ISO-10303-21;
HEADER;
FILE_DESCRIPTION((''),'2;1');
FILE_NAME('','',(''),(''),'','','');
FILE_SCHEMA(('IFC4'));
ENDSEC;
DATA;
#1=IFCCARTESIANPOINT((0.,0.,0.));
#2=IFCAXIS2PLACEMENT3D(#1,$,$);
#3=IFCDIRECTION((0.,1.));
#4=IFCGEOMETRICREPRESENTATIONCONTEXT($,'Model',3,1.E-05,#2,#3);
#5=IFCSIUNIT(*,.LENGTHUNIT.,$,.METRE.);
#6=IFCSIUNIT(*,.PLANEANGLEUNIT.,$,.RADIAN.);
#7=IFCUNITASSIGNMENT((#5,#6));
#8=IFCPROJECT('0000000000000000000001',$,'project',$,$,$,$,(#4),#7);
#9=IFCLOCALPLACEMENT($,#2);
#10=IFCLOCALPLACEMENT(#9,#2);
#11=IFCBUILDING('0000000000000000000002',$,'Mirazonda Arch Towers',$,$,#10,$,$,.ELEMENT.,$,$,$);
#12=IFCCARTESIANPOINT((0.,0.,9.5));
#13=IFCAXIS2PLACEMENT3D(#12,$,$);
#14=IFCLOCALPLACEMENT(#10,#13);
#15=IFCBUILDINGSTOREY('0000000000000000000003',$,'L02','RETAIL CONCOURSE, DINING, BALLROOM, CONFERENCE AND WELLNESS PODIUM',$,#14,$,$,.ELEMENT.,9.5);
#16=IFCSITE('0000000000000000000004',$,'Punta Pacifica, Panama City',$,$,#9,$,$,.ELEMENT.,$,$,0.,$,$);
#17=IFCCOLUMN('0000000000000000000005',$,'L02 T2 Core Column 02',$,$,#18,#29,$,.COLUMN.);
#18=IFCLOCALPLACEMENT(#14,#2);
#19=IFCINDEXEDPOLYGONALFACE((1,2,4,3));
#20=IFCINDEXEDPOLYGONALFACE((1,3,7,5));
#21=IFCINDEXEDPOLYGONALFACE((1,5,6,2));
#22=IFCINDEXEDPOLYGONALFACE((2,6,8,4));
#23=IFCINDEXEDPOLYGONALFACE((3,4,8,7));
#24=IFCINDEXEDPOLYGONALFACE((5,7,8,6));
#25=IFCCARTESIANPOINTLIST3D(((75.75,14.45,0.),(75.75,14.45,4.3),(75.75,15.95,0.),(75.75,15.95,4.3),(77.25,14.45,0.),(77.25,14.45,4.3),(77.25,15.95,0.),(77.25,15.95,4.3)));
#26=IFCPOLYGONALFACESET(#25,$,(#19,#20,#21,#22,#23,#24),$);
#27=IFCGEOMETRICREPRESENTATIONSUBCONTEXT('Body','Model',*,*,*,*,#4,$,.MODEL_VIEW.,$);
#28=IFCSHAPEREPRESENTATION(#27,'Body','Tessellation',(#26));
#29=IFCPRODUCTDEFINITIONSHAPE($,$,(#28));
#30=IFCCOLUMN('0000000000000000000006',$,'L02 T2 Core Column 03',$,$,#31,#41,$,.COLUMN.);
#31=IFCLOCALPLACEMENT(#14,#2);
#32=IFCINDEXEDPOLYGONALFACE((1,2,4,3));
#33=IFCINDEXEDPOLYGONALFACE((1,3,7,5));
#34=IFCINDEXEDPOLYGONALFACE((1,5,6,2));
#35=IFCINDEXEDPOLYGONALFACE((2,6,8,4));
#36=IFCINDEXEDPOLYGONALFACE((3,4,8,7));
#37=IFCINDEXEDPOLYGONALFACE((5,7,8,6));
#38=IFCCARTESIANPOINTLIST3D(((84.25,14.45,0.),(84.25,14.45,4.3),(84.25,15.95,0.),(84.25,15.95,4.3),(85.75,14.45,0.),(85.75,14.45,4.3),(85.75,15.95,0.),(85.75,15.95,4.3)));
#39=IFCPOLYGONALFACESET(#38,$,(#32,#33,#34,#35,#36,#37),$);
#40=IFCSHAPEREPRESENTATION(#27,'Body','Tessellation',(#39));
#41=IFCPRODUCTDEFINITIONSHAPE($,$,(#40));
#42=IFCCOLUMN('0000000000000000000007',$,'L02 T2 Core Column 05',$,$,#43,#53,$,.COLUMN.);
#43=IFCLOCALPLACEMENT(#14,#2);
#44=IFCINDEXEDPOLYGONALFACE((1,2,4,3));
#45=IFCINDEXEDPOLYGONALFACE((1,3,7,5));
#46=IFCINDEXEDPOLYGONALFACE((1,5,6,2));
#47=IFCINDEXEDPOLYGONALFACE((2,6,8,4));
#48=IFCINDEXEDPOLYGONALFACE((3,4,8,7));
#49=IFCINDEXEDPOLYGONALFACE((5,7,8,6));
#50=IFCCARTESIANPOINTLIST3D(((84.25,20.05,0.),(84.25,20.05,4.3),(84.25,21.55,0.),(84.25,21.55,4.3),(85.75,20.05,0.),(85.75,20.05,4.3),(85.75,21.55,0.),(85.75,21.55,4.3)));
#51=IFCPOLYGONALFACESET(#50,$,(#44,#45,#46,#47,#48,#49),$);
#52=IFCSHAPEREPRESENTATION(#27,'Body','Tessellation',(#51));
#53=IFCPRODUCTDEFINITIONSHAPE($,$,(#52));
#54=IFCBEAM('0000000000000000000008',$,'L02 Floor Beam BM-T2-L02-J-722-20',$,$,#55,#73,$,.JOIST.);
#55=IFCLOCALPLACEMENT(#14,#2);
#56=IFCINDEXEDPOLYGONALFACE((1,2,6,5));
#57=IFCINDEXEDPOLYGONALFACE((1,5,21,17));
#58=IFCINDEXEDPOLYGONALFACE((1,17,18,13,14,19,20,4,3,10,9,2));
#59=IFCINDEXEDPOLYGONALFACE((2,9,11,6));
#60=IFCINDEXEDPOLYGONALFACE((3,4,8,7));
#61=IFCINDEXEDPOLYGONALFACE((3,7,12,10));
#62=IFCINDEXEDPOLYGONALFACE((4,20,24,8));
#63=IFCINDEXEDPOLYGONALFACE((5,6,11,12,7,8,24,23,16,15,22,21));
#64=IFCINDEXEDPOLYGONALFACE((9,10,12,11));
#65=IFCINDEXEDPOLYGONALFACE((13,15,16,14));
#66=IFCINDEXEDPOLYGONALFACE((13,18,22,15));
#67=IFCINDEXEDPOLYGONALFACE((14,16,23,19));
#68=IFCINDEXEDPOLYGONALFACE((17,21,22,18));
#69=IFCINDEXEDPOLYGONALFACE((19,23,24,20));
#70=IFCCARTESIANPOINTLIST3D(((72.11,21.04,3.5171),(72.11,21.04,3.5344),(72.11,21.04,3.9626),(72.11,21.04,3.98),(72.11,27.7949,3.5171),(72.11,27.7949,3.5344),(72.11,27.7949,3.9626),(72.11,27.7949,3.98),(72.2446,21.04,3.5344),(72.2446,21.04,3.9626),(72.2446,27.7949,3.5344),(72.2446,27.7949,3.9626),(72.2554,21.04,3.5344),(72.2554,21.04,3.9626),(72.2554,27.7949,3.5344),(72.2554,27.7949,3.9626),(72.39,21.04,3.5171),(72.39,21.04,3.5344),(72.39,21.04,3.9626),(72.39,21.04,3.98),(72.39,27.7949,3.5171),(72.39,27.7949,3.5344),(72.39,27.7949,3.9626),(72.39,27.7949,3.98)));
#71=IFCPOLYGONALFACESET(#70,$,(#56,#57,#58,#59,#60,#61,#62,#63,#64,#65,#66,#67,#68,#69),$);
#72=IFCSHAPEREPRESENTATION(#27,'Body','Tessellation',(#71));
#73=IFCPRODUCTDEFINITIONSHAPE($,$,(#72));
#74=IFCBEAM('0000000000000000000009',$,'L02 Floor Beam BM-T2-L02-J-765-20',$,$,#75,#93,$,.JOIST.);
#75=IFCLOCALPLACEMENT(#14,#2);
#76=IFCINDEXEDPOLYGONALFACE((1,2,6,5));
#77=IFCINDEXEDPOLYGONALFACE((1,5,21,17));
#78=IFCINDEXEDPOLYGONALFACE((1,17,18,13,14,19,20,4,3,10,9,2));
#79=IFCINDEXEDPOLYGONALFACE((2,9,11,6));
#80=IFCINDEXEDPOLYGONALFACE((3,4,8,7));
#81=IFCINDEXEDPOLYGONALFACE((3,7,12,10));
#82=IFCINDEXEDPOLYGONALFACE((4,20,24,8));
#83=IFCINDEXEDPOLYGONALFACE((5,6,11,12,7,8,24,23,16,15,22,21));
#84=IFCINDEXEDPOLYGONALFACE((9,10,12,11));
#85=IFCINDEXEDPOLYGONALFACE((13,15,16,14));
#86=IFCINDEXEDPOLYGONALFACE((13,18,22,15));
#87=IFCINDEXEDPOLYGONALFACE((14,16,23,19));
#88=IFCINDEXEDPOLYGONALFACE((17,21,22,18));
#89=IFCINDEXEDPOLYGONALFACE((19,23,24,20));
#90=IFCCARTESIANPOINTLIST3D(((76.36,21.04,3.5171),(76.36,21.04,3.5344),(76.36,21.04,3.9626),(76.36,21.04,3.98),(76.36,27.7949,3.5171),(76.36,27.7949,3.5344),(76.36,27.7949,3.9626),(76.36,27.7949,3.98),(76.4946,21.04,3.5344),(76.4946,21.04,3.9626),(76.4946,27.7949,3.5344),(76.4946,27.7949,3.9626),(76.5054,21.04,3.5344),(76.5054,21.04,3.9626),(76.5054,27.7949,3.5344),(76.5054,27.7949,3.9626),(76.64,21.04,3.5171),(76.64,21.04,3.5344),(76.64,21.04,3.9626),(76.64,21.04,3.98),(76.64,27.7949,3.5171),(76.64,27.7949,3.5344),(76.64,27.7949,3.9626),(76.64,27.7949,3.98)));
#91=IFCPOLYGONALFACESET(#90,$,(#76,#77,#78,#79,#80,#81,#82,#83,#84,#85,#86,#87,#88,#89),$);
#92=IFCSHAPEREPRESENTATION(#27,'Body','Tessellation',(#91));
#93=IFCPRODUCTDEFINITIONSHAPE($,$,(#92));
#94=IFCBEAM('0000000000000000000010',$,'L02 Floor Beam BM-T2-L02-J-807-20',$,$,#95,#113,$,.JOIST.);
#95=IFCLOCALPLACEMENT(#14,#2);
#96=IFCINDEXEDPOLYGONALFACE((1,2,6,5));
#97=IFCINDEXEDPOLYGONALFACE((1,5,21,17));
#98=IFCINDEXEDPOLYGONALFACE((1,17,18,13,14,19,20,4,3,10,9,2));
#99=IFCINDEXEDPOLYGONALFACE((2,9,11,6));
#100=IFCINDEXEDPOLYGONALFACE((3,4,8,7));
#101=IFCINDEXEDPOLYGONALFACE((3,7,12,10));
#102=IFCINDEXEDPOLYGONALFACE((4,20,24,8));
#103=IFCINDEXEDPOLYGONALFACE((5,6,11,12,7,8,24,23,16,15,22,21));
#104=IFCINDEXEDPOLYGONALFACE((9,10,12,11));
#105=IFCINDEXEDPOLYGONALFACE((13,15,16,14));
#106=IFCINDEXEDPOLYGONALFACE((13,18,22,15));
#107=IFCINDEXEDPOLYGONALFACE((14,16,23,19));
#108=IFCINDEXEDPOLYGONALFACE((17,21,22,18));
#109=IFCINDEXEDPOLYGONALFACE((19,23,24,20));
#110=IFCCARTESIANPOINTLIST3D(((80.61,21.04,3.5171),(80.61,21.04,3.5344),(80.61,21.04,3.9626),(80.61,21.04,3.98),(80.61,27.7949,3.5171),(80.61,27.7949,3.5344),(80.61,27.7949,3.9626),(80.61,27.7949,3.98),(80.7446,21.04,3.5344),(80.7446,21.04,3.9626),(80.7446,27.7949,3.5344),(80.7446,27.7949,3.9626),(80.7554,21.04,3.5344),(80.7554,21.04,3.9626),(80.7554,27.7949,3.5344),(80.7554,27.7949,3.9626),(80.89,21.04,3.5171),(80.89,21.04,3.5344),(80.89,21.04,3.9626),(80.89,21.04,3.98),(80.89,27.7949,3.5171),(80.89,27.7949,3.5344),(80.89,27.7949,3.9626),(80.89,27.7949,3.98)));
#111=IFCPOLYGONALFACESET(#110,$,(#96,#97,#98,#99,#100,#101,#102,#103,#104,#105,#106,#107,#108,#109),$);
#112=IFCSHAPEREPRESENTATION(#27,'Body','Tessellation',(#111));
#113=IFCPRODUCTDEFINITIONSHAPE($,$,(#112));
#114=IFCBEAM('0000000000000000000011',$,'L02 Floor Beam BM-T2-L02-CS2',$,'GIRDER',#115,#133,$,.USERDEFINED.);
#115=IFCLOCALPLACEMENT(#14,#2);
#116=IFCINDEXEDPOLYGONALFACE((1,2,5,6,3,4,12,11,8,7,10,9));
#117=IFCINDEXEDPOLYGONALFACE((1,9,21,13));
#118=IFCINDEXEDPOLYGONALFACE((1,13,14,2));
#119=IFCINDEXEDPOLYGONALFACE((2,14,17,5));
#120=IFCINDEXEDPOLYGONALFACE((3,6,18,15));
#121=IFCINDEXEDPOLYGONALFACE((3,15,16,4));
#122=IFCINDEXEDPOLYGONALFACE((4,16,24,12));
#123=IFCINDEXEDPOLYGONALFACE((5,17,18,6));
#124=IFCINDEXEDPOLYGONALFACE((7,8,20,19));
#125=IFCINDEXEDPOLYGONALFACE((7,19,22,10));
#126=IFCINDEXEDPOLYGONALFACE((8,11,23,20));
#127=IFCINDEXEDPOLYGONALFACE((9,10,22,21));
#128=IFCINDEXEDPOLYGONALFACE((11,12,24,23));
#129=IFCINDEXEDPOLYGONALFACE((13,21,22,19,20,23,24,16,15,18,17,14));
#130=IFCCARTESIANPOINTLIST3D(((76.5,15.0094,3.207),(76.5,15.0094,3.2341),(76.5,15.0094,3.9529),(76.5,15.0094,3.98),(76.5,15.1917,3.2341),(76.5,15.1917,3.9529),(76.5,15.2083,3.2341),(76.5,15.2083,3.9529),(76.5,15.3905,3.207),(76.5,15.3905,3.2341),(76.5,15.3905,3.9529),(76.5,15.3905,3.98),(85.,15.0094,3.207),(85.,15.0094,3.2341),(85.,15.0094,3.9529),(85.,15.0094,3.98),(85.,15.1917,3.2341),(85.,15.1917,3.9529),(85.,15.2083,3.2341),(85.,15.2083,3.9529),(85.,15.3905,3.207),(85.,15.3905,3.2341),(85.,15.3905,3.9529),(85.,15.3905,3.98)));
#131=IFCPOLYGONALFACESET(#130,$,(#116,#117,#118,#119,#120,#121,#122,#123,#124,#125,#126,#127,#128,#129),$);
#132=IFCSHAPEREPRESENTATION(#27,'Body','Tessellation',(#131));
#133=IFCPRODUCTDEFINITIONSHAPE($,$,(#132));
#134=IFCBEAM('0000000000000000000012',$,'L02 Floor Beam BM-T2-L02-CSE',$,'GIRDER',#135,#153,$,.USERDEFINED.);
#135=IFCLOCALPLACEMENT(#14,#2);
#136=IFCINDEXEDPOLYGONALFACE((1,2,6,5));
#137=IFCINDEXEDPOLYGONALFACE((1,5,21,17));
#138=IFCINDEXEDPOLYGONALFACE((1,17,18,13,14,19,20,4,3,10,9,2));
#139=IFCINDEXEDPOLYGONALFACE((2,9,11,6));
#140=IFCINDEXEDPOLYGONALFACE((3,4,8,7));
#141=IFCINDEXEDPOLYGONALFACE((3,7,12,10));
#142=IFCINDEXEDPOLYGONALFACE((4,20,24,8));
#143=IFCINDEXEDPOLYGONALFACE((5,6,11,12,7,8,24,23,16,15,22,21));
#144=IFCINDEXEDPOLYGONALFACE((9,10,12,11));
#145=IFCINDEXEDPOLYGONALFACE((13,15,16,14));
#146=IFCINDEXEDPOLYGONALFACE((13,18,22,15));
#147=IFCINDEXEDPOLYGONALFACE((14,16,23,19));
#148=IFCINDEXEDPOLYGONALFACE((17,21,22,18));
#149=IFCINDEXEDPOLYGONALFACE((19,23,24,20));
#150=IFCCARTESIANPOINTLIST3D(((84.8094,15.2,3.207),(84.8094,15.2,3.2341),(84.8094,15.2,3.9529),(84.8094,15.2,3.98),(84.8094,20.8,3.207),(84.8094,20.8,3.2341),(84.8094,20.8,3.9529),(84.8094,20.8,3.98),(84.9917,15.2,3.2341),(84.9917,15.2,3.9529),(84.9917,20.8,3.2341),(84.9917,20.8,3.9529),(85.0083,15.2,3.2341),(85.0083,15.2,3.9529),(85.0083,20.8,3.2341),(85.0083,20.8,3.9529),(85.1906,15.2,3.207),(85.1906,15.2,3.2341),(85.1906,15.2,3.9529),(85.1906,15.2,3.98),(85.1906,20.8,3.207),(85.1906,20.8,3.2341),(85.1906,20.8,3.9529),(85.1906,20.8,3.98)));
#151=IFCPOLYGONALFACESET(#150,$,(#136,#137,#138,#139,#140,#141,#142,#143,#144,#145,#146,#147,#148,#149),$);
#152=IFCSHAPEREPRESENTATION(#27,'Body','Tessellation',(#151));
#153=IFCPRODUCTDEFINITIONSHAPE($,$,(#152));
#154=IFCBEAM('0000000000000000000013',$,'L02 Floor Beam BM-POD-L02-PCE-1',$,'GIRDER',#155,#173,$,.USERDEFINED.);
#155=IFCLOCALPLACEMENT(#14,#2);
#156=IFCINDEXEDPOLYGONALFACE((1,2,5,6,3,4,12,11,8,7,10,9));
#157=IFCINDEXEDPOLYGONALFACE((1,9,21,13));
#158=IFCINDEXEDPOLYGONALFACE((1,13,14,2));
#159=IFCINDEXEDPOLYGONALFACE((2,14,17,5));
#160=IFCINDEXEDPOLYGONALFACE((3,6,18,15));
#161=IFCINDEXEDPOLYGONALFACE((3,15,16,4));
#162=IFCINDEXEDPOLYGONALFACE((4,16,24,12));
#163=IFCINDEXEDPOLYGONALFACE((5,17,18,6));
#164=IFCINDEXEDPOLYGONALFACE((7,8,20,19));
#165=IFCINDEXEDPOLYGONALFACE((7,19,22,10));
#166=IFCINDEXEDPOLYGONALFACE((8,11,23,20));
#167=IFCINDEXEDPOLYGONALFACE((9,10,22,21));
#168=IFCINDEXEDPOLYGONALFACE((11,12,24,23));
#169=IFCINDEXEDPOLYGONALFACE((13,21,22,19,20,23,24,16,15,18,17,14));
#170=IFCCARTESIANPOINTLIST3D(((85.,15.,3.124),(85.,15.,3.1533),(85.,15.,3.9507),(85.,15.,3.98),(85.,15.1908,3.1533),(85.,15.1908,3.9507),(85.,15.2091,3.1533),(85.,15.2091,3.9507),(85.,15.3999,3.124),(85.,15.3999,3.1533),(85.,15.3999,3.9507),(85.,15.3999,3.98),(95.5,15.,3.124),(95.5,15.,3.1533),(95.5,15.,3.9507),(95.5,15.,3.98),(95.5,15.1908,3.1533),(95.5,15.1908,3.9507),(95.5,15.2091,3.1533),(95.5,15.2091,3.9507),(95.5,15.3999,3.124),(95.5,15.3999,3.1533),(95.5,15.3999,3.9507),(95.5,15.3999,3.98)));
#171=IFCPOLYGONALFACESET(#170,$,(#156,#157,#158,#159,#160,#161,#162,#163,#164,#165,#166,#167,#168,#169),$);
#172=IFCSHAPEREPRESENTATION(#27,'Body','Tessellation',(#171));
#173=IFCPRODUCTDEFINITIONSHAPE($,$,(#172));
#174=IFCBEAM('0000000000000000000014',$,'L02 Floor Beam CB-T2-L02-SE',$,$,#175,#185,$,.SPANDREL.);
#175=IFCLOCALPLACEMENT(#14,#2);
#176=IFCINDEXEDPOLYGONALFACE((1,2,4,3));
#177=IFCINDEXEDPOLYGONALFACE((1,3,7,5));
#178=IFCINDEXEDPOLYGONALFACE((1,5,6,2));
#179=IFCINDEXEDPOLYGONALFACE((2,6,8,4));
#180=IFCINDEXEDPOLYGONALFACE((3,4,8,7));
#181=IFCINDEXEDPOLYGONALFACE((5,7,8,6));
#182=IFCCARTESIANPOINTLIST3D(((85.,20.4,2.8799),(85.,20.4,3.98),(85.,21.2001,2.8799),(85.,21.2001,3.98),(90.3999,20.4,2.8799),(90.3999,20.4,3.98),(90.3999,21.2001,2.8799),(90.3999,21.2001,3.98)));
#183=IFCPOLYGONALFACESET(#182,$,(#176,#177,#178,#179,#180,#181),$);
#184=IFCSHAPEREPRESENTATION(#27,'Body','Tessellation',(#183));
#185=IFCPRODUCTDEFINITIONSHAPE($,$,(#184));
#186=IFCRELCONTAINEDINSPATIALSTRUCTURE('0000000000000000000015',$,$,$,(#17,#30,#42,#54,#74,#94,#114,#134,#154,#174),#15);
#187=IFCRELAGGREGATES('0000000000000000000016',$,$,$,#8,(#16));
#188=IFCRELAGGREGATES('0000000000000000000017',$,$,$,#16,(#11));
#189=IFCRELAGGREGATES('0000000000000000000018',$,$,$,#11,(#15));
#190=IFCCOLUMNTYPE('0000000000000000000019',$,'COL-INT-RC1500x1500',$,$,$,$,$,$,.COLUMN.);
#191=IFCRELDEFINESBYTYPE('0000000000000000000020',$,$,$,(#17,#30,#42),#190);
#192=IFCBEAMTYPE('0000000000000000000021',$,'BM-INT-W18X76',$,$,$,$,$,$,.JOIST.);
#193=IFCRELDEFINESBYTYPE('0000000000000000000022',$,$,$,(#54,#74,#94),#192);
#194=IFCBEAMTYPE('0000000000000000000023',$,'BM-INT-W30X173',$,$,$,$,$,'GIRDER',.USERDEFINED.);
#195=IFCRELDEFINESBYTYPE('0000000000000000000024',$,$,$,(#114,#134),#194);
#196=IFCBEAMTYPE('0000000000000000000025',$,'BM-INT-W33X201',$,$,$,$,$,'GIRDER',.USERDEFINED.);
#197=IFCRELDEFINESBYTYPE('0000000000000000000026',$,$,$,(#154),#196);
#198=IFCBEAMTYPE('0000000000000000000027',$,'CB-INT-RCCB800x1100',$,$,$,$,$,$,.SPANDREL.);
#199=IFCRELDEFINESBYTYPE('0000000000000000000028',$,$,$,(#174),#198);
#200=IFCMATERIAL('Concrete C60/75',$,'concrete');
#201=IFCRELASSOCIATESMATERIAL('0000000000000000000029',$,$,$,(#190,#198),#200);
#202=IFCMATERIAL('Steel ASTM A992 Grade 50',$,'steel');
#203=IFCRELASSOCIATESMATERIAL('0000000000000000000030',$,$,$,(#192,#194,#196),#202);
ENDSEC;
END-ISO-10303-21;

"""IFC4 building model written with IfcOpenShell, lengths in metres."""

from ifc_helpers import new_model, si_unit, direction, frame, origin, origin_2d, place, context, subcontext, project, spatial, rectangle, i_section, extrude, material, material_profile, profile_set, type_object, element, save


model = new_model("IFC4")

# Units and contexts
model_context = context("Model", 3, precision=1e-05, world=origin(), true_north=direction((0.0, 1.0)))
body_context = subcontext(model_context, "Body", "Model", "MODEL_VIEW")
ifc_project = project(units=[si_unit("LENGTHUNIT", "METRE"), si_unit("PLANEANGLEUNIT", "RADIAN")], contexts=[model_context])

# Site, building, storey
site_placement = place(None, origin())
site = spatial("IfcSite", under=ifc_project, at=site_placement, Name="Punta Pacifica, Panama City", CompositionType="ELEMENT", RefElevation=0.0)
building_placement = place(site_placement, origin())
building = spatial("IfcBuilding", under=site, at=building_placement, Name="Mirazonda Arch Towers", CompositionType="ELEMENT")
storey_placement = place(building_placement, frame((0.0, 0.0, 9.5)))
storey = spatial("IfcBuildingStorey", under=building, at=storey_placement, Name="L02", Description="RETAIL CONCOURSE, DINING, BALLROOM, CONFERENCE AND WELLNESS PODIUM", CompositionType="ELEMENT", Elevation=9.5)

# Columns
ifc_material_1 = material(Name="Concrete C60/75", Category="concrete")
ifc_material_profile_1 = material_profile(ifc_material_1, rectangle(XDim=1.5, YDim=1.5, at=origin_2d()), Name="RC1500x1500")
ifc_profile_set_1 = profile_set([ifc_material_profile_1], Name="Concrete C60/75")
column_type = type_object("IfcColumnType", Name="COL-INT-RC1500x1500", PredefinedType="COLUMN", material=ifc_profile_set_1)
for number, where, z_axis, x_axis, name in (
    (1, (76.5, 15.2, 0.0), (0.0, 0.0, 1.0), (1.0, 0.0, 0.0), "L02 T2 Core Column 02"),
    (2, (85.0, 15.2, 0.0), (0.0, 0.0, 1.0), (1.0, 0.0, 0.0), "L02 T2 Core Column 03"),
    (3, (85.0, 20.8, 0.0), (0.0, 0.0, 1.0), (1.0, 0.0, 0.0), "L02 T2 Core Column 05"),
):
    element("IfcColumn", number, at=place(storey_placement, frame(where, z_axis=z_axis, x_axis=x_axis)), inside=storey, type_object=column_type, Name=name, PredefinedType="COLUMN", context=body_context, shape_type="SweptSolid", body=[
        extrude(rectangle(XDim=1.5, YDim=1.5, at=origin_2d()), origin(), (0.0, 0.0, 1.0), 4.3),
    ])

# Beams
ifc_material_2 = material(Name="Steel ASTM A992 Grade 50", Category="steel")
ifc_material_profile_2 = material_profile(ifc_material_2, i_section(OverallWidth=0.28, OverallDepth=0.4629, WebThickness=0.0107, FlangeThickness=0.0173, at=origin_2d()), Name="W18X76")
ifc_profile_set_2 = profile_set([ifc_material_profile_2], Name="Steel ASTM A992 Grade 50")
beam_type_1 = type_object("IfcBeamType", Name="BM-INT-W18X76", PredefinedType="JOIST", material=ifc_profile_set_2)
for number, where, z_axis, x_axis, name in (
    (4, (72.25, 21.04, 3.7485), (0.0, 1.0, 0.0), (-1.0, 0.0, 0.0), "L02 Floor Beam BM-T2-L02-J-722-20"),
    (5, (76.5, 21.04, 3.7485), (0.0, 1.0, 0.0), (-1.0, 0.0, 0.0), "L02 Floor Beam BM-T2-L02-J-765-20"),
    (6, (80.75, 21.04, 3.7485), (0.0, 1.0, 0.0), (-1.0, 0.0, 0.0), "L02 Floor Beam BM-T2-L02-J-807-20"),
):
    element("IfcBeam", number, at=place(storey_placement, frame(where, z_axis=z_axis, x_axis=x_axis)), inside=storey, type_object=beam_type_1, Name=name, PredefinedType="JOIST", context=body_context, shape_type="SweptSolid", body=[
        extrude(i_section(OverallWidth=0.28, OverallDepth=0.4629, WebThickness=0.0107, FlangeThickness=0.0173, at=origin_2d()), origin(), (0.0, 0.0, 1.0), 6.7549),
    ])
ifc_material_profile_3 = material_profile(ifc_material_2, i_section(OverallWidth=0.3811, OverallDepth=0.7729, WebThickness=0.0166, FlangeThickness=0.0271, at=origin_2d()), Name="W30X173")
ifc_profile_set_3 = profile_set([ifc_material_profile_3], Name="Steel ASTM A992 Grade 50")
beam_type_2 = type_object("IfcBeamType", Name="BM-INT-W30X173", ElementType="GIRDER", PredefinedType="USERDEFINED", material=ifc_profile_set_3)
beam_1_placement = place(storey_placement, frame((76.5, 15.2, 3.5935), z_axis=(1.0, 0.0, 0.0), x_axis=(0.0, 1.0, 0.0)))
element("IfcBeam", 7, at=beam_1_placement, inside=storey, type_object=beam_type_2, Name="L02 Floor Beam BM-T2-L02-CS2", ObjectType="GIRDER", PredefinedType="USERDEFINED", context=body_context, shape_type="SweptSolid", body=[
    extrude(i_section(OverallWidth=0.3811, OverallDepth=0.7729, WebThickness=0.0166, FlangeThickness=0.0271, at=origin_2d()), origin(), (0.0, 0.0, 1.0), 8.5),
])
beam_2_placement = place(storey_placement, frame((85.0, 15.2, 3.5935), z_axis=(0.0, 1.0, 0.0), x_axis=(-1.0, 0.0, 0.0)))
element("IfcBeam", 8, at=beam_2_placement, inside=storey, type_object=beam_type_2, Name="L02 Floor Beam BM-T2-L02-CSE", ObjectType="GIRDER", PredefinedType="USERDEFINED", context=body_context, shape_type="SweptSolid", body=[
    extrude(i_section(OverallWidth=0.3811, OverallDepth=0.7729, WebThickness=0.0166, FlangeThickness=0.0271, at=origin_2d()), origin(), (0.0, 0.0, 1.0), 5.6001),
])
ifc_material_profile_4 = material_profile(ifc_material_2, i_section(OverallWidth=0.3999, OverallDepth=0.856, WebThickness=0.0183, FlangeThickness=0.0293, at=origin_2d()), Name="W33X201")
ifc_profile_set_4 = profile_set([ifc_material_profile_4], Name="Steel ASTM A992 Grade 50")
beam_type_3 = type_object("IfcBeamType", Name="BM-INT-W33X201", ElementType="GIRDER", PredefinedType="USERDEFINED", material=ifc_profile_set_4)
beam_3_placement = place(storey_placement, frame((85.0, 15.2, 3.552), z_axis=(1.0, 0.0, 0.0), x_axis=(0.0, 1.0, 0.0)))
element("IfcBeam", 9, at=beam_3_placement, inside=storey, type_object=beam_type_3, Name="L02 Floor Beam BM-POD-L02-PCE-1", ObjectType="GIRDER", PredefinedType="USERDEFINED", context=body_context, shape_type="SweptSolid", body=[
    extrude(i_section(OverallWidth=0.3999, OverallDepth=0.856, WebThickness=0.0183, FlangeThickness=0.0293, at=origin_2d()), origin(), (0.0, 0.0, 1.0), 10.5),
])
ifc_material_profile_5 = material_profile(ifc_material_1, rectangle(XDim=0.8, YDim=1.1001, at=origin_2d()), Name="RCCB800x1100")
ifc_profile_set_5 = profile_set([ifc_material_profile_5], Name="Concrete C60/75")
beam_type_4 = type_object("IfcBeamType", Name="CB-INT-RCCB800x1100", PredefinedType="SPANDREL", material=ifc_profile_set_5)
beam_4_placement = place(storey_placement, frame((85.0, 20.8, 3.4299), z_axis=(1.0, 0.0, 0.0), x_axis=(0.0, 1.0, 0.0)))
element("IfcBeam", 10, at=beam_4_placement, inside=storey, type_object=beam_type_4, Name="L02 Floor Beam CB-T2-L02-SE", PredefinedType="SPANDREL", context=body_context, shape_type="SweptSolid", body=[
    extrude(rectangle(XDim=0.8, YDim=1.1001, at=origin_2d()), origin(), (0.0, 0.0, 1.0), 5.3999),
])

save(model, "model.ifc")
